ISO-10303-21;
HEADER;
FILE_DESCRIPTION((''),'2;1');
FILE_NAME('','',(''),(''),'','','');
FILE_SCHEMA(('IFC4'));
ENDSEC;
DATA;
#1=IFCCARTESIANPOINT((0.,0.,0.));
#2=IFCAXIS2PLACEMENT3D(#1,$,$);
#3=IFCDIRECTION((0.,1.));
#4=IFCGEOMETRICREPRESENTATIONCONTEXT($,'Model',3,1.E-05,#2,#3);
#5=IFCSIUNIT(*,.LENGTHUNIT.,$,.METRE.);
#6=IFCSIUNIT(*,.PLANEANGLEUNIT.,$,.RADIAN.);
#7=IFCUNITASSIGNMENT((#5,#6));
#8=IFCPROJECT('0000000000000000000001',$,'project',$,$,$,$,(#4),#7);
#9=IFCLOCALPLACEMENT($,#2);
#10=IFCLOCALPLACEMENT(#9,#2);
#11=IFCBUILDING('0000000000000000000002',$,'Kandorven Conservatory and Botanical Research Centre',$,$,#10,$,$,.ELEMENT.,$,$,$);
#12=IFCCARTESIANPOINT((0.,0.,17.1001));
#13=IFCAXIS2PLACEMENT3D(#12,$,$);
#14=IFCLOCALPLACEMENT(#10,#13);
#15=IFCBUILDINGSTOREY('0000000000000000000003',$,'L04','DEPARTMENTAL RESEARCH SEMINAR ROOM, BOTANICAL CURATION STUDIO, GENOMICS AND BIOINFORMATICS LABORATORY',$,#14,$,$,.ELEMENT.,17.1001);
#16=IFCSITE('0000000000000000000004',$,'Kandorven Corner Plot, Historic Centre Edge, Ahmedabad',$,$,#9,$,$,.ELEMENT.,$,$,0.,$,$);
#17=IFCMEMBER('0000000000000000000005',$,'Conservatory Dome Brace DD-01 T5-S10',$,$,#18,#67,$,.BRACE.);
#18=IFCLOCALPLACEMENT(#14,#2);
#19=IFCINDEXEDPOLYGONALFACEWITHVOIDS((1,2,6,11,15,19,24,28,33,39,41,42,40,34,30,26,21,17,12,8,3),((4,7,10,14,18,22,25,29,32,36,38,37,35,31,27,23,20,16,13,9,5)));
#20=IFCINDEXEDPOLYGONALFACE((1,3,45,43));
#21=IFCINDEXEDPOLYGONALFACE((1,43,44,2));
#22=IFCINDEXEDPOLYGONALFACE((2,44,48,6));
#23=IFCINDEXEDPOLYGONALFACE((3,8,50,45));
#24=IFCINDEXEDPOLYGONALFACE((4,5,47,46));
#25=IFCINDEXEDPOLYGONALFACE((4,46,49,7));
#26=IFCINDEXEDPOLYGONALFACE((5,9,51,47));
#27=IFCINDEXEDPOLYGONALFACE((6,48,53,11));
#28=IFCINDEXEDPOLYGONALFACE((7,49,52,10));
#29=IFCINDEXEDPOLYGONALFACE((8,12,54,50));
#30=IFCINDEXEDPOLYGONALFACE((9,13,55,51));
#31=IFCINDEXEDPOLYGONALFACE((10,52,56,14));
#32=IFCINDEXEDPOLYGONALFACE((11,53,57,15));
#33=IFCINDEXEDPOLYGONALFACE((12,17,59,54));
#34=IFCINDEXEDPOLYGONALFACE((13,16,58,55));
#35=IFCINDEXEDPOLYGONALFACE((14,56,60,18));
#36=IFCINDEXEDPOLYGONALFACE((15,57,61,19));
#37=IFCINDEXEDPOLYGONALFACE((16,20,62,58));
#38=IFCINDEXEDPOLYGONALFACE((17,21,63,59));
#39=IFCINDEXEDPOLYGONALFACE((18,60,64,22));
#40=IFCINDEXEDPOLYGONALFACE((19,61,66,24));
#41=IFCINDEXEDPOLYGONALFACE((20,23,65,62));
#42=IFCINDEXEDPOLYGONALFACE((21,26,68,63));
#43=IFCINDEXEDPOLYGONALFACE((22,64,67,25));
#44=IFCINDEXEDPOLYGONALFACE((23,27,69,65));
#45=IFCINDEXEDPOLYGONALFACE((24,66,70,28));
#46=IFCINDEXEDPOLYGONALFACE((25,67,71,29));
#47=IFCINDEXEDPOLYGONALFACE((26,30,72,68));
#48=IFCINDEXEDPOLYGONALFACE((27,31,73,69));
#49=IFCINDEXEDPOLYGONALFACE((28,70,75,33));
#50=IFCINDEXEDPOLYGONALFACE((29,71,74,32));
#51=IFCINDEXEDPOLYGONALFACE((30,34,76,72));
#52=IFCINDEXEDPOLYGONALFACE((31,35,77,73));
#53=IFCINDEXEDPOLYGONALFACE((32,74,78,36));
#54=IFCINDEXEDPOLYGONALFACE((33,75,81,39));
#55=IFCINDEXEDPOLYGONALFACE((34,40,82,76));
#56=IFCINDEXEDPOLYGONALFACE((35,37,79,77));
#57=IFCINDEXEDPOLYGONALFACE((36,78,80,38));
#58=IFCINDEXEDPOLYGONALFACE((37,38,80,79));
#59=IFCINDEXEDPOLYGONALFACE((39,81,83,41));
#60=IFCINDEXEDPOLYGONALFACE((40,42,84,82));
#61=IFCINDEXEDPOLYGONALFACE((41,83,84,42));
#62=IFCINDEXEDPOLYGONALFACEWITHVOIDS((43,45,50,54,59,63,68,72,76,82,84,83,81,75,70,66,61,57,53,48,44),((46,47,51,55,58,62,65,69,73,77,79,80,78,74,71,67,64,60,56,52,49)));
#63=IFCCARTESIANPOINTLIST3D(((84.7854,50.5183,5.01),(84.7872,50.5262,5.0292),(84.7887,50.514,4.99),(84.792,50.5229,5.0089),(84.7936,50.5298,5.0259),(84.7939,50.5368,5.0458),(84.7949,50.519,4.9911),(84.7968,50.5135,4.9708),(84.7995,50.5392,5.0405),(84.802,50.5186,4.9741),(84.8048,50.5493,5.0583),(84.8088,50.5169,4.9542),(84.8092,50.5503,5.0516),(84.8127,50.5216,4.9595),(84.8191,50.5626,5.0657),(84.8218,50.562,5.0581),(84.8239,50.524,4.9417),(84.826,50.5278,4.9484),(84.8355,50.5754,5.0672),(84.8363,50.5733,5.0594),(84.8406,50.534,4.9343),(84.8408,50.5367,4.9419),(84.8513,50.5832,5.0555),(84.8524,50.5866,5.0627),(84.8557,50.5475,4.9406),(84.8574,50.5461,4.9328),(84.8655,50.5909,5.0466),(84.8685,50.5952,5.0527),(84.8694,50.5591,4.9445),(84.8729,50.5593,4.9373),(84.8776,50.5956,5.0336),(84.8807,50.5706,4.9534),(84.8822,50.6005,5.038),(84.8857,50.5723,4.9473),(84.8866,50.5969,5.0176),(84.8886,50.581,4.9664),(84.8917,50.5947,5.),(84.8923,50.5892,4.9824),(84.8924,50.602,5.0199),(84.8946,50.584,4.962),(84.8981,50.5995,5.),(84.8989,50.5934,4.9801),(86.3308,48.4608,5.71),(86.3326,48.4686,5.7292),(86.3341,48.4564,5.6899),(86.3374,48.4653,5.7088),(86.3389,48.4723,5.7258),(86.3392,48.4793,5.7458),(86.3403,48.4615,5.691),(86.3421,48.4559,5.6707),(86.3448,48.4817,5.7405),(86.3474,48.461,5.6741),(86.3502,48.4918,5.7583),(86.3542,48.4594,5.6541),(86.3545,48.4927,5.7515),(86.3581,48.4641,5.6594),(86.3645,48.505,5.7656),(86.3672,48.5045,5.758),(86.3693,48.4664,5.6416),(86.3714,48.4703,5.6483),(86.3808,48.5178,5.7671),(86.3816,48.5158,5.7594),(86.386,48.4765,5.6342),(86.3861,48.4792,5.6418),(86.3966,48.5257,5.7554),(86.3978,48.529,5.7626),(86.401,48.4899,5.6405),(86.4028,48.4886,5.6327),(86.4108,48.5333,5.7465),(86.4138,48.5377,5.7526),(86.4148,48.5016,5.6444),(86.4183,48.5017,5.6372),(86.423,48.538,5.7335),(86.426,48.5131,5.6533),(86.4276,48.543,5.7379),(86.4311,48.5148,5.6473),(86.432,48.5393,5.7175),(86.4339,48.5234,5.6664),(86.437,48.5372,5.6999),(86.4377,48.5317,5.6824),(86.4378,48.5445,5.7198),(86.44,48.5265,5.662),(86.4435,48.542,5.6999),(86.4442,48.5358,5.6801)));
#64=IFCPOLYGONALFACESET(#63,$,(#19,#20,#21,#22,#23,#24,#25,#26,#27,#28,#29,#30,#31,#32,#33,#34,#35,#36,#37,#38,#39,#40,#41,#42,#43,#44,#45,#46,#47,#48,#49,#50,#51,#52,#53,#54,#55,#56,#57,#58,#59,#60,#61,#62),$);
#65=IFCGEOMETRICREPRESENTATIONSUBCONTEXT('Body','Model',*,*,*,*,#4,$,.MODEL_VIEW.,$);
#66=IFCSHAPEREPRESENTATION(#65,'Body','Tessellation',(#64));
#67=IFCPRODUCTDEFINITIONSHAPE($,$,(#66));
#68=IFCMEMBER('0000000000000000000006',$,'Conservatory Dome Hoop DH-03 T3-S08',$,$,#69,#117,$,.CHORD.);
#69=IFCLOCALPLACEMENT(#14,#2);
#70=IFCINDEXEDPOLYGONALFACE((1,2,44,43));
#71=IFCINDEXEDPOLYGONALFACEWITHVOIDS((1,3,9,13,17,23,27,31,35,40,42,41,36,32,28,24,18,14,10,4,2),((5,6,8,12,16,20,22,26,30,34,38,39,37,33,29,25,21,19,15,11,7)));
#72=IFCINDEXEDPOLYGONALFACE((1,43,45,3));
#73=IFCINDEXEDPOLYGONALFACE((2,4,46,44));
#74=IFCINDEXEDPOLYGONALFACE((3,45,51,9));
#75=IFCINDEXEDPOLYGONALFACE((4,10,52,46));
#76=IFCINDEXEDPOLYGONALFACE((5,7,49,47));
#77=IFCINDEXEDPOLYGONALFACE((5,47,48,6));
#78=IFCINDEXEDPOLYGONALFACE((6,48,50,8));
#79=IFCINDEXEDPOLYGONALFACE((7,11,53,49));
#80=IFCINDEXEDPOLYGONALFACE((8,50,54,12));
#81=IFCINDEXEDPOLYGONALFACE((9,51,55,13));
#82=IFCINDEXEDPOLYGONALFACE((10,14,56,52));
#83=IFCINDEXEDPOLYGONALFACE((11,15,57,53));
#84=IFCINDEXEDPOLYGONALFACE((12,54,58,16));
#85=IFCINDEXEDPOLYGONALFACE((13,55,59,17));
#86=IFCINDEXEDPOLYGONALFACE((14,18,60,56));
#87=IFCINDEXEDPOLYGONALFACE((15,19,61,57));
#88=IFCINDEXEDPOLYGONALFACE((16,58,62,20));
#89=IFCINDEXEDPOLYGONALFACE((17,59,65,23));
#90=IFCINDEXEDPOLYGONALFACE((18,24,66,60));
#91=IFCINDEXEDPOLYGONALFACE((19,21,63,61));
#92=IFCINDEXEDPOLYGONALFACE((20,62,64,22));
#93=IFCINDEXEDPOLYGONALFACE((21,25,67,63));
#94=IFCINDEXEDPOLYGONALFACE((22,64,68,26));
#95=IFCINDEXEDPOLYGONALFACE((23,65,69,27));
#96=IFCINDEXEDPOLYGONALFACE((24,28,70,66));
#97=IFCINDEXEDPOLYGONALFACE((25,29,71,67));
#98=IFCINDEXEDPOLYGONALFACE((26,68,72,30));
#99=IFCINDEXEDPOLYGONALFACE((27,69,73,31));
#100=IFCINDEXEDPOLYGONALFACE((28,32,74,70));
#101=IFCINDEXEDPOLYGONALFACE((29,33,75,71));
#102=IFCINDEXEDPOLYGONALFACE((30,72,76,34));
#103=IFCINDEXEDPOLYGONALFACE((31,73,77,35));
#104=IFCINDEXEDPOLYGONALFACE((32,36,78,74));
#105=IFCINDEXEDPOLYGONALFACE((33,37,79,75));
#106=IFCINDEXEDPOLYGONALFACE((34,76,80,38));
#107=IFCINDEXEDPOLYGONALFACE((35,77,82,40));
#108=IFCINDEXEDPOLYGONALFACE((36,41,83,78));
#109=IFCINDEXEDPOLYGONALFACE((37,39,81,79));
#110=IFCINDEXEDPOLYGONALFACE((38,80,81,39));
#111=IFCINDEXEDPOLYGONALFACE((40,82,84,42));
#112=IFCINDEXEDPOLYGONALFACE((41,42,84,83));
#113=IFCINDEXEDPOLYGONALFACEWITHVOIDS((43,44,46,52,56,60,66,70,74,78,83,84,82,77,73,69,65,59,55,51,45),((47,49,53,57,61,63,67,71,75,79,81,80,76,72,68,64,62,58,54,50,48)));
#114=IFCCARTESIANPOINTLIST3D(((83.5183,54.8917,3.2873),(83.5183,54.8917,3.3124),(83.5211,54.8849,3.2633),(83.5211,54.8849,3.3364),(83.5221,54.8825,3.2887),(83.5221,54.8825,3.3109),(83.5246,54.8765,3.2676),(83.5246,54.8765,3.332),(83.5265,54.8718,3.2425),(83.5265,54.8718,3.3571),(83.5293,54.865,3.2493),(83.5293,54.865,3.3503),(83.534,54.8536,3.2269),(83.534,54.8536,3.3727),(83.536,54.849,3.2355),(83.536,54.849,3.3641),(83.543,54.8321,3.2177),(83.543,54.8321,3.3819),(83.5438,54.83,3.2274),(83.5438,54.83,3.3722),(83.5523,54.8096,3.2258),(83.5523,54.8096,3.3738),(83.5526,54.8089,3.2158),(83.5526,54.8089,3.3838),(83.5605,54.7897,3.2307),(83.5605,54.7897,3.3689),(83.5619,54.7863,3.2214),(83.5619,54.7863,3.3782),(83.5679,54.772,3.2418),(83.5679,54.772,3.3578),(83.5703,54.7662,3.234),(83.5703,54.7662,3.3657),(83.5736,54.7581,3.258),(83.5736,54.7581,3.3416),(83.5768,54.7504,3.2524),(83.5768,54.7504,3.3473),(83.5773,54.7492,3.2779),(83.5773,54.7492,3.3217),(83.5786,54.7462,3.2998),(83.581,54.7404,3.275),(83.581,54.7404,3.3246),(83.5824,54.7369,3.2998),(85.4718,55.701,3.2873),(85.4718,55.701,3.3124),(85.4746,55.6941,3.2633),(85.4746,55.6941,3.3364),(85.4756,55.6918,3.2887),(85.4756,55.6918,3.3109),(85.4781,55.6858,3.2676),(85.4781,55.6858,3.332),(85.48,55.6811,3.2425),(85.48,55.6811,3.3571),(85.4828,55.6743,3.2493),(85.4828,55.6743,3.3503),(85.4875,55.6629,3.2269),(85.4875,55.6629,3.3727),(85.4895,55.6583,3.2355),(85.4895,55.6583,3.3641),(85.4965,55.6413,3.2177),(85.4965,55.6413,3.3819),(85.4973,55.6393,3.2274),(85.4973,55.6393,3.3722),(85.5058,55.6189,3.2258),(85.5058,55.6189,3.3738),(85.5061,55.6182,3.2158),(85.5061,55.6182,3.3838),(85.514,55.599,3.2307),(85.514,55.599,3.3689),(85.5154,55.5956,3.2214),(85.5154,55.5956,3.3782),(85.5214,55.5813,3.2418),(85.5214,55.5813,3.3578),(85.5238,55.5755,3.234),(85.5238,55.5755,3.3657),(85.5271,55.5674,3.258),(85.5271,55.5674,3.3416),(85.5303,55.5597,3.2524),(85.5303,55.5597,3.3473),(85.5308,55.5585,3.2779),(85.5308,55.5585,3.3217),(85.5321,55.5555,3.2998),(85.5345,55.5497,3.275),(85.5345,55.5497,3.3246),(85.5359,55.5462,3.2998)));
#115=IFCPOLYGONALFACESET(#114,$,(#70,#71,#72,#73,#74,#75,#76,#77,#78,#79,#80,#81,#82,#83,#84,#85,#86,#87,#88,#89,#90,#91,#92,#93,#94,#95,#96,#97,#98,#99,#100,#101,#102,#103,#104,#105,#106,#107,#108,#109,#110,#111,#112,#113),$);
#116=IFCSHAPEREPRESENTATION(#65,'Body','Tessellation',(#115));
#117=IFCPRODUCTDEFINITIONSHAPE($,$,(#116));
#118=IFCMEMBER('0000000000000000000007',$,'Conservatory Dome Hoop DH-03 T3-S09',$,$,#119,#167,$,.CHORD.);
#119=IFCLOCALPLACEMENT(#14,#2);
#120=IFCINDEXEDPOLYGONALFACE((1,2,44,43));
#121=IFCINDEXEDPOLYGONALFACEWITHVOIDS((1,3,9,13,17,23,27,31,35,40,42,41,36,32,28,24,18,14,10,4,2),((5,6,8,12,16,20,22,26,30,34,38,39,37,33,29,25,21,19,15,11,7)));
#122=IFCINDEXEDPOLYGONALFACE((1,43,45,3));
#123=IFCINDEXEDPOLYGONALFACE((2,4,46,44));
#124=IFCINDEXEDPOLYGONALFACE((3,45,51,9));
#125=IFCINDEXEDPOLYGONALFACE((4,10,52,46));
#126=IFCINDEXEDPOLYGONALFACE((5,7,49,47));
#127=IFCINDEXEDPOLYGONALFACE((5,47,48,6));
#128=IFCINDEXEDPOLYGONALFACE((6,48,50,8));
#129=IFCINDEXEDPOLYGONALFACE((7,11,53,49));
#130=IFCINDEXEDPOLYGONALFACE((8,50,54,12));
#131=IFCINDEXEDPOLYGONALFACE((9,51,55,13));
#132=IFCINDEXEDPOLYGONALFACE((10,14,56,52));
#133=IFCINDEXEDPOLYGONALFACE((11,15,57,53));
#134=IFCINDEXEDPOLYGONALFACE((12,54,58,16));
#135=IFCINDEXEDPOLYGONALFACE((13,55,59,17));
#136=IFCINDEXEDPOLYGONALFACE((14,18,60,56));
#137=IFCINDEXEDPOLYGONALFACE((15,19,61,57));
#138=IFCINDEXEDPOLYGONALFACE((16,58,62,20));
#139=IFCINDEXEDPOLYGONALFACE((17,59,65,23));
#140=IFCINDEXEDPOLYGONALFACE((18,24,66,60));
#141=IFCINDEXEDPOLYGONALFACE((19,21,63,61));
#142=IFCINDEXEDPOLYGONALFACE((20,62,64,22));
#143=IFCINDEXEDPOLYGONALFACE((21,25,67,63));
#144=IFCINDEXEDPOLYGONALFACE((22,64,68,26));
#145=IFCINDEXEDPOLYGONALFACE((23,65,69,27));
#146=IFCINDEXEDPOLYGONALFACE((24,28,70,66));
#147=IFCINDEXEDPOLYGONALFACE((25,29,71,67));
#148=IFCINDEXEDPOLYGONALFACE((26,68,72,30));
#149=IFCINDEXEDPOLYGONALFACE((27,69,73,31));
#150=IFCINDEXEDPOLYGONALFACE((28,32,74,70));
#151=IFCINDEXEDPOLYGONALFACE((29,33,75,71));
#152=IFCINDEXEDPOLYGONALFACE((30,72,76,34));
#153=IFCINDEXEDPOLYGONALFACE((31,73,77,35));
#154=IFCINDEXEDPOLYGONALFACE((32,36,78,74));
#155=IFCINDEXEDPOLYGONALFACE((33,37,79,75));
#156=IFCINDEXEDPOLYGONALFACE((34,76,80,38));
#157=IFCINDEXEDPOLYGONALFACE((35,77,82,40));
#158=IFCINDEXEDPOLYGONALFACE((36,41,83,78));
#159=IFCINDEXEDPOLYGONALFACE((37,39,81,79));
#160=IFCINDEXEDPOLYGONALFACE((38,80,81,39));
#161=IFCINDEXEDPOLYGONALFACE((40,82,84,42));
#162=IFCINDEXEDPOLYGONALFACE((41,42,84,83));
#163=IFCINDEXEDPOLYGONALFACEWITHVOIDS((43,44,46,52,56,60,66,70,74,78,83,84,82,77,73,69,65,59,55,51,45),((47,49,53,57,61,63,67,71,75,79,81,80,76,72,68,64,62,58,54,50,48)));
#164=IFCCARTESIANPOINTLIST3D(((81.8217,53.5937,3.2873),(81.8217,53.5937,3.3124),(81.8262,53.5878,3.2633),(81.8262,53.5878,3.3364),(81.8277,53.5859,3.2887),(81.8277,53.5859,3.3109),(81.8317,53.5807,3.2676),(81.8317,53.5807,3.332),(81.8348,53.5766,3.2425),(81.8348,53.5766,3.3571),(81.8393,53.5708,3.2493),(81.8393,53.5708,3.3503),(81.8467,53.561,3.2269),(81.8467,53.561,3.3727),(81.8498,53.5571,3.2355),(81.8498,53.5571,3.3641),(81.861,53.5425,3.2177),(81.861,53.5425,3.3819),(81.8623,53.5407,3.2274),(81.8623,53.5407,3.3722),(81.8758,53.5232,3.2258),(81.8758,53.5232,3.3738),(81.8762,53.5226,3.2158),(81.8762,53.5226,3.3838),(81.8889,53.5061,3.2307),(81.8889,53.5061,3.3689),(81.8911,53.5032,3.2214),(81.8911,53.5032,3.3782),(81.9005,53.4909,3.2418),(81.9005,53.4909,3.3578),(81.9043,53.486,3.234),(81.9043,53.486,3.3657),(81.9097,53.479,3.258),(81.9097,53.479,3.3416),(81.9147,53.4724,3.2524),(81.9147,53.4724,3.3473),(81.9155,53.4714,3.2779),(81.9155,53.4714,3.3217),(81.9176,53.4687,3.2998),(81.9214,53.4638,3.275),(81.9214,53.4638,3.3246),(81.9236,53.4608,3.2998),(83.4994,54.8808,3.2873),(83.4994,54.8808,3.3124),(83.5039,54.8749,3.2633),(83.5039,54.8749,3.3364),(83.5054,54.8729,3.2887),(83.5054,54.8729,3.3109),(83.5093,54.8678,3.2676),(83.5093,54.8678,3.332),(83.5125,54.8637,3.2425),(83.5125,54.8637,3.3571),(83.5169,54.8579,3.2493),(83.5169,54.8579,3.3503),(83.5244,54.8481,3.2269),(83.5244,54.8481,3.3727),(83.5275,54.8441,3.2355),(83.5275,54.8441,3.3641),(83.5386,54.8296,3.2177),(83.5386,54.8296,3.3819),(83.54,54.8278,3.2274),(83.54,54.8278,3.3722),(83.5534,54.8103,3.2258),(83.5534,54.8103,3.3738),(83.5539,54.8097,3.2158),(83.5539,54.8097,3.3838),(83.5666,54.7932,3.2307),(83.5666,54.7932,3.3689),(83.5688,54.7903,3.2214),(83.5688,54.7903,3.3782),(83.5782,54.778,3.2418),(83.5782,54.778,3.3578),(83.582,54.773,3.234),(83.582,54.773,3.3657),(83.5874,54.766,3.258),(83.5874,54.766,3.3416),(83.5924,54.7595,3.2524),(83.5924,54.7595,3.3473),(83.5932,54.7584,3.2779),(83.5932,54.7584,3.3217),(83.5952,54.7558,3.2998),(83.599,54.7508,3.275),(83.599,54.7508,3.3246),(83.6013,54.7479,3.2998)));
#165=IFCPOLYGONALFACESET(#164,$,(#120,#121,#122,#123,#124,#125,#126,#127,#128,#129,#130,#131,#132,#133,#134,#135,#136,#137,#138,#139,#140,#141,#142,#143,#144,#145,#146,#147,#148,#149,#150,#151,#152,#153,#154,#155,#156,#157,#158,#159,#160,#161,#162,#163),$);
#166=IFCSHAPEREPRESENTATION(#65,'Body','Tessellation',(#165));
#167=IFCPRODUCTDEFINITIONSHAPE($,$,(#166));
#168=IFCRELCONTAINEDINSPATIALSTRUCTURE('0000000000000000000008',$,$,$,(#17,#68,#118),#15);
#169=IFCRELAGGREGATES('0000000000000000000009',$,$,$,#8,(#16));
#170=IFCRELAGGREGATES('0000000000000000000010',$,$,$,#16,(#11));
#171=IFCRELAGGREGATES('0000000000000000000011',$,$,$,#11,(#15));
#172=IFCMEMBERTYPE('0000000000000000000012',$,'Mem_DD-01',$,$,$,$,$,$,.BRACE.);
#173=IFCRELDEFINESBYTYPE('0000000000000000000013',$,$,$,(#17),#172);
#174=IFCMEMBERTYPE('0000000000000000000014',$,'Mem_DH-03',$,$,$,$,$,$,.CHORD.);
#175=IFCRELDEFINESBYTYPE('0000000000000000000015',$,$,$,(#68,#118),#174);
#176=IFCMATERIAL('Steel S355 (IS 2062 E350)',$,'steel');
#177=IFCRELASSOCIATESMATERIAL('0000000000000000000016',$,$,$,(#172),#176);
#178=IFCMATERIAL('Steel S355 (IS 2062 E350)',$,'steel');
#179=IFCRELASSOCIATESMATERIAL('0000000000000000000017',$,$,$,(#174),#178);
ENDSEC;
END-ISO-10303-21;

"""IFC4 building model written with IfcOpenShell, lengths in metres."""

from ifc_helpers import new_model, si_unit, direction, frame, origin, origin_2d, place, context, subcontext, project, spatial, hollow_circle, extrude, material, material_profile, profile_set, type_object, element, save


model = new_model("IFC4")

# Units and contexts
model_context = context("Model", 3, precision=1e-05, world=origin(), true_north=direction((0.0, 1.0)))
body_context = subcontext(model_context, "Body", "Model", "MODEL_VIEW")
ifc_project = project(units=[si_unit("LENGTHUNIT", "METRE"), si_unit("PLANEANGLEUNIT", "RADIAN")], contexts=[model_context])

# Site, building, storey
site_placement = place(None, origin())
site = spatial("IfcSite", under=ifc_project, at=site_placement, Name="Kandorven Corner Plot, Historic Centre Edge, Ahmedabad", CompositionType="ELEMENT", RefElevation=0.0)
building_placement = place(site_placement, origin())
building = spatial("IfcBuilding", under=site, at=building_placement, Name="Kandorven Conservatory and Botanical Research Centre", CompositionType="ELEMENT")
storey_placement = place(building_placement, frame((0.0, 0.0, 17.1001)))
storey = spatial("IfcBuildingStorey", under=building, at=storey_placement, Name="L04", Description="DEPARTMENTAL RESEARCH SEMINAR ROOM, BOTANICAL CURATION STUDIO, GENOMICS AND BIOINFORMATICS LABORATORY", CompositionType="ELEMENT", Elevation=17.1001)

# Members
ifc_material_1 = material(Name="Steel S355 (IS 2062 E350)", Category="steel")
ifc_material_profile_1 = material_profile(ifc_material_1, hollow_circle(Radius=0.0698, WallThickness=0.0081, at=origin_2d()))
ifc_profile_set_1 = profile_set([ifc_material_profile_1], Name="Steel S355 (IS 2062 E350)")
member_type_1 = type_object("IfcMemberType", Name="Mem_DD-01", PredefinedType="BRACE", material=ifc_profile_set_1)
member_1_placement = place(storey_placement, frame((84.8423, 50.5576, 5.0), z_axis=(0.579492, -0.771558, 0.262465), x_axis=(0.79959, 0.600546, 0.0)))
element("IfcMember", 1, at=member_1_placement, inside=storey, type_object=member_type_1, Name="Conservatory Dome Brace DD-01 T5-S10", PredefinedType="BRACE", context=body_context, shape_type="SweptSolid", body=[
    extrude(hollow_circle(Radius=0.0698, WallThickness=0.0081, at=origin_2d()), origin(), (0.0, 0.0, 1.0), 2.6667),
])
ifc_material_2 = material(Name="Steel S355 (IS 2062 E350)", Category="steel")
ifc_material_profile_2 = material_profile(ifc_material_2, hollow_circle(Radius=0.0842, WallThickness=0.01, at=origin_2d()))
ifc_profile_set_2 = profile_set([ifc_material_profile_2], Name="Steel S355 (IS 2062 E350)")
member_type_2 = type_object("IfcMemberType", Name="Mem_DH-03", PredefinedType="CHORD", material=ifc_profile_set_2)
for number, where, z_axis, x_axis, name in (
    (2, (85.5037, 55.624, 3.2998), (-0.923861, -0.382729, 0.0), (0.382729, -0.923861, 0.0), "Conservatory Dome Hoop DH-03 T3-S08"),
    (3, (83.55, 54.8147, 3.2998), (-0.793413, -0.608684, 0.0), (0.608684, -0.793413, 0.0), "Conservatory Dome Hoop DH-03 T3-S09"),
):
    element("IfcMember", number, at=place(storey_placement, frame(where, z_axis=z_axis, x_axis=x_axis)), inside=storey, type_object=member_type_2, Name=name, PredefinedType="CHORD", context=body_context, shape_type="SweptSolid", body=[
        extrude(hollow_circle(Radius=0.0842, WallThickness=0.01, at=origin_2d()), origin(), (0.0, 0.0, 1.0), 2.1145),
    ])

save(model, "model.ifc")
